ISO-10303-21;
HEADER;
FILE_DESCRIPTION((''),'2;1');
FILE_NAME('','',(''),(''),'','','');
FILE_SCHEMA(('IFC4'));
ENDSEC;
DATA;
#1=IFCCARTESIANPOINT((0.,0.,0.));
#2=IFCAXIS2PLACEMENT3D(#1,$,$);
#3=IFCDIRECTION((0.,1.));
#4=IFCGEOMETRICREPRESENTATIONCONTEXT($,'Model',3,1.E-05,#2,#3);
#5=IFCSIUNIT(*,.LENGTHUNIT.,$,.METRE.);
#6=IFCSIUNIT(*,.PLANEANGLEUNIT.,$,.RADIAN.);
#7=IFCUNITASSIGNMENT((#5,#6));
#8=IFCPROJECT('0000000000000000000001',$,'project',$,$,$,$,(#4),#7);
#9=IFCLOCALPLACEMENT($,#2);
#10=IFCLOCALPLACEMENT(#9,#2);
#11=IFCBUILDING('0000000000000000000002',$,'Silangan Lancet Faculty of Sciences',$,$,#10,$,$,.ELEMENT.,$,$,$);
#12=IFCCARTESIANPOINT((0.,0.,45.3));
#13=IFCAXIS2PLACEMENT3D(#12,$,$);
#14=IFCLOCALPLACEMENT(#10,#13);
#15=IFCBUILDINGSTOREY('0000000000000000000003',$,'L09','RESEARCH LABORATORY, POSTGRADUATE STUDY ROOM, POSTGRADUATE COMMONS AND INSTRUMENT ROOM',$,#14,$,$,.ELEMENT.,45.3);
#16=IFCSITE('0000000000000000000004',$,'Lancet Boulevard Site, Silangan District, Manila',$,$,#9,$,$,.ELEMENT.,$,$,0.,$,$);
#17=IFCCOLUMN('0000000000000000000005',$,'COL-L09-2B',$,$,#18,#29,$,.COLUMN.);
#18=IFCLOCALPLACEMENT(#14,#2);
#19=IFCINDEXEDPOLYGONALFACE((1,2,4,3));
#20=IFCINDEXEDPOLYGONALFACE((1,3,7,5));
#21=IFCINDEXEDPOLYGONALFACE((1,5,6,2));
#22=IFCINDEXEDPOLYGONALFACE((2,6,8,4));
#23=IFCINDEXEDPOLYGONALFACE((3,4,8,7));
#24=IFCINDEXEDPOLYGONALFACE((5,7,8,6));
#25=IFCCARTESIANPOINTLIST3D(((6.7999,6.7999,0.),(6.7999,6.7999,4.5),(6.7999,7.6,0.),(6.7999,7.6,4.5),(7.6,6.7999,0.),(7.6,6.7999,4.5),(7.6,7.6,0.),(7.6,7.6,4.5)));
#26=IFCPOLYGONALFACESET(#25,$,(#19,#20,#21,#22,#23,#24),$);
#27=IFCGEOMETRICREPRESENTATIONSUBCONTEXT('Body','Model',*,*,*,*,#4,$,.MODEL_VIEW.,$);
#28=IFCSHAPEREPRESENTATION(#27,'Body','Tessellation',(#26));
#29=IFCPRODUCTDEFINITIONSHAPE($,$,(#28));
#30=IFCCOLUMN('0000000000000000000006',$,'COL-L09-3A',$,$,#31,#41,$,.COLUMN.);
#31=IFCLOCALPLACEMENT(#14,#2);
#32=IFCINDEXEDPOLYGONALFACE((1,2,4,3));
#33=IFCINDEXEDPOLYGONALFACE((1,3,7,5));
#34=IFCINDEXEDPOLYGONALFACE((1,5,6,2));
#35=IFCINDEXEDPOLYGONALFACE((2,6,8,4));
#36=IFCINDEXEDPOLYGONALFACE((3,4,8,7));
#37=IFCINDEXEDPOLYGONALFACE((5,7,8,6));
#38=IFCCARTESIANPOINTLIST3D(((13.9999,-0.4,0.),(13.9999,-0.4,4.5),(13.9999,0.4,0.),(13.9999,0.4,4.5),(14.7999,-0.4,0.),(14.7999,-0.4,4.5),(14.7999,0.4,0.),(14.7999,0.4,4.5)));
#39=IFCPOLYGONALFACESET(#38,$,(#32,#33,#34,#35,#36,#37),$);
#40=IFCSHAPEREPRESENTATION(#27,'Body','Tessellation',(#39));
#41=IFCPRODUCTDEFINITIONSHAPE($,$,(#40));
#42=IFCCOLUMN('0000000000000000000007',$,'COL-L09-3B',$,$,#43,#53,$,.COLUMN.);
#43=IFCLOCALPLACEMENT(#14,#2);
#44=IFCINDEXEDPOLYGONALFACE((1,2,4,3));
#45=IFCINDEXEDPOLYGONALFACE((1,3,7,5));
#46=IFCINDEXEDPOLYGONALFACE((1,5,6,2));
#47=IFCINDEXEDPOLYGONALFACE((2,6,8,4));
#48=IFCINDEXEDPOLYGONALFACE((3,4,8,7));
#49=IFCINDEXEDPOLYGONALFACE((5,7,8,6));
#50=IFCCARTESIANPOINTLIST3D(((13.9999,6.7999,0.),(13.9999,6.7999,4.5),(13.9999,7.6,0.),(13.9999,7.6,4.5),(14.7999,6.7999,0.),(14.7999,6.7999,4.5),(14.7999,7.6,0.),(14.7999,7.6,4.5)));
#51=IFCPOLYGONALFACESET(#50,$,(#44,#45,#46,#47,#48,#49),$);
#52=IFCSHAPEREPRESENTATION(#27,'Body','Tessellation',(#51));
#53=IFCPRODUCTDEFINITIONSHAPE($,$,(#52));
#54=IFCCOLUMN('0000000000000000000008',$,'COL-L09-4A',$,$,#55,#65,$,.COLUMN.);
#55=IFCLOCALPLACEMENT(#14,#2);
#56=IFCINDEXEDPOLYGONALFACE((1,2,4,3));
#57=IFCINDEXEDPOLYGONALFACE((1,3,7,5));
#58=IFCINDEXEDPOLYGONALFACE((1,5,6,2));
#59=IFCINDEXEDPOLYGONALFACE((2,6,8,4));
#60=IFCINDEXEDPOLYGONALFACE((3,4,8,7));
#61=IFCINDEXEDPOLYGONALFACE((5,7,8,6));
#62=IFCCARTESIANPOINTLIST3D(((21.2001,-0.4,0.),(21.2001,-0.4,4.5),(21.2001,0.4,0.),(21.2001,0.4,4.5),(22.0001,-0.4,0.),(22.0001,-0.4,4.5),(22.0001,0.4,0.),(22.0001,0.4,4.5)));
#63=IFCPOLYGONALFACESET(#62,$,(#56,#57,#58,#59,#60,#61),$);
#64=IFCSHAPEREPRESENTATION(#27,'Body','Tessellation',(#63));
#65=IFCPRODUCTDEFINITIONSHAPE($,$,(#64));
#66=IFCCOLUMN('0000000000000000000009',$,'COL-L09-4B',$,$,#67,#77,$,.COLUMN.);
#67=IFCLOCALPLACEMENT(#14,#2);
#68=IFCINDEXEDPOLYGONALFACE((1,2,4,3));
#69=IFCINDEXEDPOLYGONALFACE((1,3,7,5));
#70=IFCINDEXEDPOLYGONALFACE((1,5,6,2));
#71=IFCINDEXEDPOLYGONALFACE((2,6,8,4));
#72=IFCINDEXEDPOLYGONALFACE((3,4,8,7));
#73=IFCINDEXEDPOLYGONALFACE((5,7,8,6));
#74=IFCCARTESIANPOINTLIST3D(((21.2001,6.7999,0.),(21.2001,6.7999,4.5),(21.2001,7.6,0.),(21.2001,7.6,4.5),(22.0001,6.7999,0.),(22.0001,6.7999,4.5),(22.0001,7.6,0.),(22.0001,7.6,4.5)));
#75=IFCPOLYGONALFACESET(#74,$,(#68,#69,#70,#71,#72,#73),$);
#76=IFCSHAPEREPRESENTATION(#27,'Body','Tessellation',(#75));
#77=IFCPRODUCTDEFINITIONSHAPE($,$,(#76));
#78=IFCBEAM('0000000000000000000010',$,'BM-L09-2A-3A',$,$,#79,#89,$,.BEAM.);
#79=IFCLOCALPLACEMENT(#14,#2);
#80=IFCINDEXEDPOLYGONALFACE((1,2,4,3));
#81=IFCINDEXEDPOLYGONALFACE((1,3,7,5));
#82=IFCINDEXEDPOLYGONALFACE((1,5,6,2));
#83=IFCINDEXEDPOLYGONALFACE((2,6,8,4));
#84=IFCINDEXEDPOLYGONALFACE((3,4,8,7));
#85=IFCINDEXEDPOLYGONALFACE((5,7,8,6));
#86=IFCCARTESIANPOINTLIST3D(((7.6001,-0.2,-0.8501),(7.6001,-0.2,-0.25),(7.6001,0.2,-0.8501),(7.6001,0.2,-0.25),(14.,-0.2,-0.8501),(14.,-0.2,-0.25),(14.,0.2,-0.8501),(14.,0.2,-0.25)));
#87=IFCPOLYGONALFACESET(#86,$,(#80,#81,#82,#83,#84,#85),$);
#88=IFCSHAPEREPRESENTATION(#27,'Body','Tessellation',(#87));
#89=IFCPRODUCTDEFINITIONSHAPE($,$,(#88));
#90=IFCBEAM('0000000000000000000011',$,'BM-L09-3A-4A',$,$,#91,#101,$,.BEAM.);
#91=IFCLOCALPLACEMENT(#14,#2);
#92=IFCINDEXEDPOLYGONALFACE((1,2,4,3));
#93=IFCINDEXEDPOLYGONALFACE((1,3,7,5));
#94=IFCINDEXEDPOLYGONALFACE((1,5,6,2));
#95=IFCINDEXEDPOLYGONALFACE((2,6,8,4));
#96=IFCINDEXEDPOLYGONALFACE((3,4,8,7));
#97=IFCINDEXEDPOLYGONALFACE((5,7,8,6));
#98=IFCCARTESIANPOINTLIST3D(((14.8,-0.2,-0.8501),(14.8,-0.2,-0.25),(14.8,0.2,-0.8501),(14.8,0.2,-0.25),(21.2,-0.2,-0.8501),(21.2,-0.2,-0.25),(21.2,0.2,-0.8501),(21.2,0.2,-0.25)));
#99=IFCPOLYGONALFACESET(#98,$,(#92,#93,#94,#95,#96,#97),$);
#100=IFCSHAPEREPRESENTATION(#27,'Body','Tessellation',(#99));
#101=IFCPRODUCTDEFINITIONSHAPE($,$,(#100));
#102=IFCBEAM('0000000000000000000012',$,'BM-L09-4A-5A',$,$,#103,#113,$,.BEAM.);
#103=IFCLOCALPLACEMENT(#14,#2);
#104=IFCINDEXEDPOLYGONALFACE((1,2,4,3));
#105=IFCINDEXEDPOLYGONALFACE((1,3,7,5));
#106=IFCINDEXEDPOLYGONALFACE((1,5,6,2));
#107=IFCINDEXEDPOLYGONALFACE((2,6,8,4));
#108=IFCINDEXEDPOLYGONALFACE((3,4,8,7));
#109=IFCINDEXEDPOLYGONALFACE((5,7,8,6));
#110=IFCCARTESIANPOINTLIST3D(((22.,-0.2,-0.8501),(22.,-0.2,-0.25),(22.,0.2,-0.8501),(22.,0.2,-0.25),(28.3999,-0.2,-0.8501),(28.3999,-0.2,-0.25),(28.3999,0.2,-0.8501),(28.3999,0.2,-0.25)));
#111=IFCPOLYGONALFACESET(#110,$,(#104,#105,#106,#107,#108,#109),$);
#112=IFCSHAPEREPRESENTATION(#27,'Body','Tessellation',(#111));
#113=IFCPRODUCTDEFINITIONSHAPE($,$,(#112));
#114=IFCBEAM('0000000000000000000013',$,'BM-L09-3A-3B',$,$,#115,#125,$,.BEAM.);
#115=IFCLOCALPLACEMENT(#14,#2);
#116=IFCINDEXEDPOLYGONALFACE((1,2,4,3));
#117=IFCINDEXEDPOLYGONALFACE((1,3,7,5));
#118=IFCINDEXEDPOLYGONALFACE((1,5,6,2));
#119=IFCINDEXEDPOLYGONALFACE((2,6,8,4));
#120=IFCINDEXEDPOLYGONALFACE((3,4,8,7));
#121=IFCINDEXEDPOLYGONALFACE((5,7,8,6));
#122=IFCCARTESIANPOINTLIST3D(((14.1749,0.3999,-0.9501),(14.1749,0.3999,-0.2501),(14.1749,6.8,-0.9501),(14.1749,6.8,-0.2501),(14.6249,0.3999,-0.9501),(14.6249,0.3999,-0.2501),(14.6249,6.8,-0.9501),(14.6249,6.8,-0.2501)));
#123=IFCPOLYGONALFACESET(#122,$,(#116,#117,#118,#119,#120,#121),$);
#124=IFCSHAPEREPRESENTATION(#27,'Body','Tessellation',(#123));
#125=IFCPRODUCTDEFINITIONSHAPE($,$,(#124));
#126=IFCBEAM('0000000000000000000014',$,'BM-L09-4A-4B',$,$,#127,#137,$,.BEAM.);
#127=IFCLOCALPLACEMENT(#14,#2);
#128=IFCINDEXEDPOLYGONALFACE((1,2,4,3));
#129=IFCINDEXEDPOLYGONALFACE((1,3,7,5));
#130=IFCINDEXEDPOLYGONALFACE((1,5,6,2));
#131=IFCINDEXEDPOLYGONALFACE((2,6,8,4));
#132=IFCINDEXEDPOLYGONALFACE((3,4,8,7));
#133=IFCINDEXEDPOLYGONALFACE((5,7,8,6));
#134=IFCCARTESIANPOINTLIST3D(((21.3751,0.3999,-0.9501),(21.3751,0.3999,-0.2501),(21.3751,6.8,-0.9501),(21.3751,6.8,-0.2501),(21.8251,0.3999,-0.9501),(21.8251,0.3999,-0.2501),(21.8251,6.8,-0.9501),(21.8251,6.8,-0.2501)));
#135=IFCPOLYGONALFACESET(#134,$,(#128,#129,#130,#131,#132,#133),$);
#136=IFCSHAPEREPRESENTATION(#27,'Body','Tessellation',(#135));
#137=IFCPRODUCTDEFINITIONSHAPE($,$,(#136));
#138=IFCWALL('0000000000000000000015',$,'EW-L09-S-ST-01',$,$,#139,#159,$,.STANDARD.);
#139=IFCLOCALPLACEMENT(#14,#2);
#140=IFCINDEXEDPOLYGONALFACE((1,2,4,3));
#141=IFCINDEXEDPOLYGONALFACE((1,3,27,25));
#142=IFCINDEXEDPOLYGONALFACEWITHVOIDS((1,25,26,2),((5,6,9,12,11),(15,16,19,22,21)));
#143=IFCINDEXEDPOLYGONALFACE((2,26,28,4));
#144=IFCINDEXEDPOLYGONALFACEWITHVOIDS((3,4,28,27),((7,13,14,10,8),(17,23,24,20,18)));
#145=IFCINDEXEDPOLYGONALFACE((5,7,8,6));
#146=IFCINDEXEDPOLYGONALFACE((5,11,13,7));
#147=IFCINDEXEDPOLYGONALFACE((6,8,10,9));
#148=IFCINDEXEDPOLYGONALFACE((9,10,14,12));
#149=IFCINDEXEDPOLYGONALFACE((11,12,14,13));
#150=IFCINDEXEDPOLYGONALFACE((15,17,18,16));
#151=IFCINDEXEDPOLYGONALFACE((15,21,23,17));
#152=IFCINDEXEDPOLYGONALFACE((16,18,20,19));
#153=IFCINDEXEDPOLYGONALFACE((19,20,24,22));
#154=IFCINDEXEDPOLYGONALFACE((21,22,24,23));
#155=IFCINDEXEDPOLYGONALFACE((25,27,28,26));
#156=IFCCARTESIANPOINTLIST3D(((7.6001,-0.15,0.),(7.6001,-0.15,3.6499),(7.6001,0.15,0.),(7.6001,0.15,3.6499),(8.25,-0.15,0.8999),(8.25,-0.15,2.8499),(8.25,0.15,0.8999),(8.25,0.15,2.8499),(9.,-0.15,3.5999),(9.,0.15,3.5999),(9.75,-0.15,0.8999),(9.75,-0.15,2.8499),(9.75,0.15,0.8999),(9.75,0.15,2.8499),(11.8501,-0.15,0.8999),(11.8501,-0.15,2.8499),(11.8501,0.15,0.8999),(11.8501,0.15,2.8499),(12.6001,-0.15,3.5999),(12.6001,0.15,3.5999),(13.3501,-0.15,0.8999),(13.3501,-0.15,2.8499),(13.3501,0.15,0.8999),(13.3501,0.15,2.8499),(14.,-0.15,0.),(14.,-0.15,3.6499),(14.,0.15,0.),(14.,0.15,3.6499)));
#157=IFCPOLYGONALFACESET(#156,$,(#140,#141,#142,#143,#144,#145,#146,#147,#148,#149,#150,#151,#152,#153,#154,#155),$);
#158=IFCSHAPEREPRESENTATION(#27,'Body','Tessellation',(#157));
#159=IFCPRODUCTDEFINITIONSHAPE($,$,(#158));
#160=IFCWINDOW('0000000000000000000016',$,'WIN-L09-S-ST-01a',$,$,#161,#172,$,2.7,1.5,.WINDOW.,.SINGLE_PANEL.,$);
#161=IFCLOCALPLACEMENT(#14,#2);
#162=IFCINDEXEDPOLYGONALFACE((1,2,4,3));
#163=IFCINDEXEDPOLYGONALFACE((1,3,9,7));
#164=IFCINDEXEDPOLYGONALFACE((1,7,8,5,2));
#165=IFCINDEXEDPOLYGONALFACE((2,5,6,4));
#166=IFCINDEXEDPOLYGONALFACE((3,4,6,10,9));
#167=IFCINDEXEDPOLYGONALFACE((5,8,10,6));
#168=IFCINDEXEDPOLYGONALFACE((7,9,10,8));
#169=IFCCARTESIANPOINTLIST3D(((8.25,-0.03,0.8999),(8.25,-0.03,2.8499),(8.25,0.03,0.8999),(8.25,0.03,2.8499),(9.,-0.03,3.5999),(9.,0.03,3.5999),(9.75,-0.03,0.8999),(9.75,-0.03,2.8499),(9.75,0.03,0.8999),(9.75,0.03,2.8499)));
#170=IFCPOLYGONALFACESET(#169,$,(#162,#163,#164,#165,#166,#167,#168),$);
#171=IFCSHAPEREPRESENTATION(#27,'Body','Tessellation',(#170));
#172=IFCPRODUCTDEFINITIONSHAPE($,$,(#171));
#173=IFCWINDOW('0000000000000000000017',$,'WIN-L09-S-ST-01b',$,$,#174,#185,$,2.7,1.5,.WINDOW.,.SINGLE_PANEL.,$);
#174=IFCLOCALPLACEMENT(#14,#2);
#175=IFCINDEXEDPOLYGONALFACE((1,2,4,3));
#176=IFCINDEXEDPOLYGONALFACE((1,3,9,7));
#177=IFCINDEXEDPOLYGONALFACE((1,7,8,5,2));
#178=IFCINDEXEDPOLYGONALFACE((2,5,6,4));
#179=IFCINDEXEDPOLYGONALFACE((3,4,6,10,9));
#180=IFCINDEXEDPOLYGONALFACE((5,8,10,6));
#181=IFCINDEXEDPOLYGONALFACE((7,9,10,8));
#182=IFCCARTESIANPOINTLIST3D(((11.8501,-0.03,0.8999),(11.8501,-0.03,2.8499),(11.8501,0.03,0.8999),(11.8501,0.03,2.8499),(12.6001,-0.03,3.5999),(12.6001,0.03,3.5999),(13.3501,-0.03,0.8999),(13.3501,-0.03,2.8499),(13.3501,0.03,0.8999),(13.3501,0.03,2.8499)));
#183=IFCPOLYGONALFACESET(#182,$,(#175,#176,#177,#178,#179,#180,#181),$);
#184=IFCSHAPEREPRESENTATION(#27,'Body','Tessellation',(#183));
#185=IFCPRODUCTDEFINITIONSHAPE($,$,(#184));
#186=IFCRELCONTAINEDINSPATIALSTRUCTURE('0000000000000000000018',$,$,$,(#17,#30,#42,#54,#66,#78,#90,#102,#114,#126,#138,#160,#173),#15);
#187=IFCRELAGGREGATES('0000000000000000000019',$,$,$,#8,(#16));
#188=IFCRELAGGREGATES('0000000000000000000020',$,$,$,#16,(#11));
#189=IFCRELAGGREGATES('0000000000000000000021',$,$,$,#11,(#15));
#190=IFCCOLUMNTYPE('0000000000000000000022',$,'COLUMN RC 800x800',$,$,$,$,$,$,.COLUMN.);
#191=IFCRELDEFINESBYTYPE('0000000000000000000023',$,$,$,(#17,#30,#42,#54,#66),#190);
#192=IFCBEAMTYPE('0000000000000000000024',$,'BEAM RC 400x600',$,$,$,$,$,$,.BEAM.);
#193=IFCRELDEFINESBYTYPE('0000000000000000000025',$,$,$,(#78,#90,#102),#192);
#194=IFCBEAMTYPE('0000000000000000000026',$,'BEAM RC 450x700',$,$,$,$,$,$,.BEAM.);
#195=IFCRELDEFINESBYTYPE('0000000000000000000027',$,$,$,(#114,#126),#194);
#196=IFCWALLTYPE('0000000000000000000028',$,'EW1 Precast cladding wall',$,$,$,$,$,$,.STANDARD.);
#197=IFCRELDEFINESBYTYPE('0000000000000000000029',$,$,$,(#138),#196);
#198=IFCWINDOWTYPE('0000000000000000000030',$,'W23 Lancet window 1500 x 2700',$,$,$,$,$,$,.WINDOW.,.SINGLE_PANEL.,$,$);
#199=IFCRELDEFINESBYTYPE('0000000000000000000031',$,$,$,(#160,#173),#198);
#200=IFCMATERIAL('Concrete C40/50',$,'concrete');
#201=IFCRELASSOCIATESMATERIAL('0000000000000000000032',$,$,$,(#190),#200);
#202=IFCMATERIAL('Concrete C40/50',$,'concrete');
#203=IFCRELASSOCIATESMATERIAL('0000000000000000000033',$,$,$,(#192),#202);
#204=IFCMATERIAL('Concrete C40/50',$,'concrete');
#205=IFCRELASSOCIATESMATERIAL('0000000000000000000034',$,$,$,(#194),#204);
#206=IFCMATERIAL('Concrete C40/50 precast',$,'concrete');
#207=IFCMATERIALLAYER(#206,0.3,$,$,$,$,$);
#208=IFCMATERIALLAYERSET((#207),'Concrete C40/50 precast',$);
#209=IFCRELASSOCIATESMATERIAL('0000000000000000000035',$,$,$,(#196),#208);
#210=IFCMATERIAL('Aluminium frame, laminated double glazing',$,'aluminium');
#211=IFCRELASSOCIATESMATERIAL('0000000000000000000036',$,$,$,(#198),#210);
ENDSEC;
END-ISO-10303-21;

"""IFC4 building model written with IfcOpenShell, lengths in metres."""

from ifc_helpers import new_model, si_unit, direction, frame, frame_2d, origin, origin_2d, place, context, subcontext, project, spatial, polyline, rectangle, outline, extrude, material, layer, layer_set, material_profile, profile_set, type_object, element, fill, save


model = new_model("IFC4")

# Units and contexts
model_context = context("Model", 3, precision=1e-05, world=origin(), true_north=direction((0.0, 1.0)))
body_context = subcontext(model_context, "Body", "Model", "MODEL_VIEW")
ifc_project = project(units=[si_unit("LENGTHUNIT", "METRE"), si_unit("PLANEANGLEUNIT", "RADIAN")], contexts=[model_context])

# Site, building, storey
site_placement = place(None, origin())
site = spatial("IfcSite", under=ifc_project, at=site_placement, Name="Lancet Boulevard Site, Silangan District, Manila", CompositionType="ELEMENT", RefElevation=0.0)
building_placement = place(site_placement, origin())
building = spatial("IfcBuilding", under=site, at=building_placement, Name="Silangan Lancet Faculty of Sciences", CompositionType="ELEMENT")
storey_placement = place(building_placement, frame((0.0, 0.0, 45.3)))
storey = spatial("IfcBuildingStorey", under=building, at=storey_placement, Name="L09", Description="RESEARCH LABORATORY, POSTGRADUATE STUDY ROOM, POSTGRADUATE COMMONS AND INSTRUMENT ROOM", CompositionType="ELEMENT", Elevation=45.3)

# Columns
ifc_material_1 = material(Name="Concrete C40/50", Category="concrete")
ifc_material_profile_1 = material_profile(ifc_material_1, rectangle(XDim=0.8, YDim=0.8, at=origin_2d()), Name="RC 800x800")
ifc_profile_set_1 = profile_set([ifc_material_profile_1], Name="Concrete C40/50")
column_type = type_object("IfcColumnType", Name="COLUMN RC 800x800", PredefinedType="COLUMN", material=ifc_profile_set_1)
for number, where, z_axis, x_axis, name in (
    (1, (7.2, 7.2, 0.0), (0.0, 0.0, 1.0), (1.0, 0.0, 0.0), "COL-L09-2B"),
    (2, (14.3999, 0.0, 0.0), (0.0, 0.0, 1.0), (1.0, 0.0, 0.0), "COL-L09-3A"),
    (3, (14.3999, 7.2, 0.0), (0.0, 0.0, 1.0), (1.0, 0.0, 0.0), "COL-L09-3B"),
    (4, (21.6001, 0.0, 0.0), (0.0, 0.0, 1.0), (1.0, 0.0, 0.0), "COL-L09-4A"),
    (5, (21.6001, 7.2, 0.0), (0.0, 0.0, 1.0), (1.0, 0.0, 0.0), "COL-L09-4B"),
):
    element("IfcColumn", number, at=place(storey_placement, frame(where, z_axis=z_axis, x_axis=x_axis)), inside=storey, type_object=column_type, Name=name, PredefinedType="COLUMN", context=body_context, shape_type="SweptSolid", body=[
        extrude(rectangle(XDim=0.8, YDim=0.8, at=origin_2d()), origin(), (0.0, 0.0, 1.0), 4.5),
    ])

# Beams
ifc_material_2 = material(Name="Concrete C40/50", Category="concrete")
ifc_material_profile_2 = material_profile(ifc_material_2, rectangle(XDim=0.3999, YDim=0.6001, at=origin_2d()), Name="RC 400x600")
ifc_profile_set_2 = profile_set([ifc_material_profile_2], Name="Concrete C40/50")
beam_type_1 = type_object("IfcBeamType", Name="BEAM RC 400x600", PredefinedType="BEAM", material=ifc_profile_set_2)
for number, where, z_axis, x_axis, name in (
    (6, (7.6001, 0.0, -0.55), (1.0, 0.0, 0.0), (0.0, 1.0, 0.0), "BM-L09-2A-3A"),
    (7, (14.8, 0.0, -0.55), (1.0, 0.0, 0.0), (0.0, 1.0, 0.0), "BM-L09-3A-4A"),
    (8, (22.0, 0.0, -0.55), (1.0, 0.0, 0.0), (0.0, 1.0, 0.0), "BM-L09-4A-5A"),
):
    element("IfcBeam", number, at=place(storey_placement, frame(where, z_axis=z_axis, x_axis=x_axis)), inside=storey, type_object=beam_type_1, Name=name, PredefinedType="BEAM", context=body_context, shape_type="SweptSolid", body=[
        extrude(rectangle(XDim=0.3999, YDim=0.6001, at=origin_2d()), origin(), (0.0, 0.0, 1.0), 6.3999),
    ])
ifc_material_3 = material(Name="Concrete C40/50", Category="concrete")
ifc_material_profile_3 = material_profile(ifc_material_3, rectangle(XDim=0.45, YDim=0.7, at=origin_2d()), Name="RC 450x700")
ifc_profile_set_3 = profile_set([ifc_material_profile_3], Name="Concrete C40/50")
beam_type_2 = type_object("IfcBeamType", Name="BEAM RC 450x700", PredefinedType="BEAM", material=ifc_profile_set_3)
for number, where, z_axis, x_axis, name in (
    (9, (14.3999, 0.3999, -0.6001), (0.0, 1.0, 0.0), (-1.0, 0.0, 0.0), "BM-L09-3A-3B"),
    (10, (21.6001, 0.3999, -0.6001), (0.0, 1.0, 0.0), (-1.0, 0.0, 0.0), "BM-L09-4A-4B"),
):
    element("IfcBeam", number, at=place(storey_placement, frame(where, z_axis=z_axis, x_axis=x_axis)), inside=storey, type_object=beam_type_2, Name=name, PredefinedType="BEAM", context=body_context, shape_type="SweptSolid", body=[
        extrude(rectangle(XDim=0.45, YDim=0.7, at=origin_2d()), origin(), (0.0, 0.0, 1.0), 6.4001),
    ])

# Wall, openings, windows
ifc_material_4 = material(Name="Concrete C40/50 precast", Category="concrete")
ifc_layer_1 = layer(ifc_material_4, 0.3)
ifc_layer_set_1 = layer_set([ifc_layer_1], Name="Concrete C40/50 precast")
wall_type_1 = type_object("IfcWallType", Name="EW1 Precast cladding wall", PredefinedType="STANDARD", material=ifc_layer_set_1)
wall_1_placement = place(storey_placement, frame((7.6001, 0.0, 0.0), z_axis=(0.0, 0.0, 1.0), x_axis=(1.0, 0.0, 0.0)))
wall_1 = element("IfcWall", 11, at=wall_1_placement, inside=storey, type_object=wall_type_1, Name="EW-L09-S-ST-01", PredefinedType="STANDARD", context=body_context, shape_type="SweptSolid", body=[
    extrude(rectangle(XDim=6.3999, YDim=0.3, at=frame_2d((3.2, 0.0))), origin(), (0.0, 0.0, 1.0), 3.6499),
])
opening_1_placement = place(wall_1_placement, frame((0.6499, 0.0, 0.8999)))
opening_1 = element("IfcOpeningElement", 12, at=opening_1_placement, cuts=wall_1, PredefinedType="OPENING", context=body_context, shape_type="SweptSolid", body=[
    extrude(outline(polyline([(0.0, 0.0), (1.5, 0.0), (1.5, 1.95), (0.75, 2.7), (0.0, 1.95), (0.0, 0.0)])), frame((0.0, 0.1599, 0.0), z_axis=(0.0, -1.0, 0.0), x_axis=(1.0, 0.0, 0.0)), (0.0, 0.0, 1.0), 0.3201),
])
opening_2_placement = place(wall_1_placement, frame((4.25, 0.0, 0.8999)))
opening_2 = element("IfcOpeningElement", 13, at=opening_2_placement, cuts=wall_1, PredefinedType="OPENING", context=body_context, shape_type="SweptSolid", body=[
    extrude(outline(polyline([(0.0, 0.0), (1.5, 0.0), (1.5, 1.95), (0.75, 2.7), (0.0, 1.95), (0.0, 0.0)])), frame((0.0, 0.1599, 0.0), z_axis=(0.0, -1.0, 0.0), x_axis=(1.0, 0.0, 0.0)), (0.0, 0.0, 1.0), 0.3201),
])
ifc_material_5 = material(Name="Aluminium frame, laminated double glazing", Category="aluminium")
window_type = type_object("IfcWindowType", Name="W23 Lancet window 1500 x 2700", PartitioningType="SINGLE_PANEL", PredefinedType="WINDOW", material=ifc_material_5)
window_1_placement = place(opening_1_placement, origin())
window_1 = element("IfcWindow", 14, at=window_1_placement, inside=storey, type_object=window_type, Name="WIN-L09-S-ST-01a", OverallHeight=2.7, OverallWidth=1.5, PartitioningType="SINGLE_PANEL", PredefinedType="WINDOW", context=body_context, shape_type="SweptSolid", body=[
    extrude(outline(polyline([(0.0, 0.0), (1.5, 0.0), (1.5, 1.95), (0.75, 2.7), (0.0, 1.95), (0.0, 0.0)])), frame((0.0, 0.03, 0.0), z_axis=(0.0, -1.0, 0.0), x_axis=(1.0, 0.0, 0.0)), (0.0, 0.0, 1.0), 0.0601),
])
fill(opening_1, window_1)
window_2_placement = place(opening_2_placement, origin())
window_2 = element("IfcWindow", 15, at=window_2_placement, inside=storey, type_object=window_type, Name="WIN-L09-S-ST-01b", OverallHeight=2.7, OverallWidth=1.5, PartitioningType="SINGLE_PANEL", PredefinedType="WINDOW", context=body_context, shape_type="SweptSolid", body=[
    extrude(outline(polyline([(0.0, 0.0), (1.5, 0.0), (1.5, 1.95), (0.75, 2.7), (0.0, 1.95), (0.0, 0.0)])), frame((0.0, 0.03, 0.0), z_axis=(0.0, -1.0, 0.0), x_axis=(1.0, 0.0, 0.0)), (0.0, 0.0, 1.0), 0.0601),
])
fill(opening_2, window_2)

save(model, "model.ifc")
